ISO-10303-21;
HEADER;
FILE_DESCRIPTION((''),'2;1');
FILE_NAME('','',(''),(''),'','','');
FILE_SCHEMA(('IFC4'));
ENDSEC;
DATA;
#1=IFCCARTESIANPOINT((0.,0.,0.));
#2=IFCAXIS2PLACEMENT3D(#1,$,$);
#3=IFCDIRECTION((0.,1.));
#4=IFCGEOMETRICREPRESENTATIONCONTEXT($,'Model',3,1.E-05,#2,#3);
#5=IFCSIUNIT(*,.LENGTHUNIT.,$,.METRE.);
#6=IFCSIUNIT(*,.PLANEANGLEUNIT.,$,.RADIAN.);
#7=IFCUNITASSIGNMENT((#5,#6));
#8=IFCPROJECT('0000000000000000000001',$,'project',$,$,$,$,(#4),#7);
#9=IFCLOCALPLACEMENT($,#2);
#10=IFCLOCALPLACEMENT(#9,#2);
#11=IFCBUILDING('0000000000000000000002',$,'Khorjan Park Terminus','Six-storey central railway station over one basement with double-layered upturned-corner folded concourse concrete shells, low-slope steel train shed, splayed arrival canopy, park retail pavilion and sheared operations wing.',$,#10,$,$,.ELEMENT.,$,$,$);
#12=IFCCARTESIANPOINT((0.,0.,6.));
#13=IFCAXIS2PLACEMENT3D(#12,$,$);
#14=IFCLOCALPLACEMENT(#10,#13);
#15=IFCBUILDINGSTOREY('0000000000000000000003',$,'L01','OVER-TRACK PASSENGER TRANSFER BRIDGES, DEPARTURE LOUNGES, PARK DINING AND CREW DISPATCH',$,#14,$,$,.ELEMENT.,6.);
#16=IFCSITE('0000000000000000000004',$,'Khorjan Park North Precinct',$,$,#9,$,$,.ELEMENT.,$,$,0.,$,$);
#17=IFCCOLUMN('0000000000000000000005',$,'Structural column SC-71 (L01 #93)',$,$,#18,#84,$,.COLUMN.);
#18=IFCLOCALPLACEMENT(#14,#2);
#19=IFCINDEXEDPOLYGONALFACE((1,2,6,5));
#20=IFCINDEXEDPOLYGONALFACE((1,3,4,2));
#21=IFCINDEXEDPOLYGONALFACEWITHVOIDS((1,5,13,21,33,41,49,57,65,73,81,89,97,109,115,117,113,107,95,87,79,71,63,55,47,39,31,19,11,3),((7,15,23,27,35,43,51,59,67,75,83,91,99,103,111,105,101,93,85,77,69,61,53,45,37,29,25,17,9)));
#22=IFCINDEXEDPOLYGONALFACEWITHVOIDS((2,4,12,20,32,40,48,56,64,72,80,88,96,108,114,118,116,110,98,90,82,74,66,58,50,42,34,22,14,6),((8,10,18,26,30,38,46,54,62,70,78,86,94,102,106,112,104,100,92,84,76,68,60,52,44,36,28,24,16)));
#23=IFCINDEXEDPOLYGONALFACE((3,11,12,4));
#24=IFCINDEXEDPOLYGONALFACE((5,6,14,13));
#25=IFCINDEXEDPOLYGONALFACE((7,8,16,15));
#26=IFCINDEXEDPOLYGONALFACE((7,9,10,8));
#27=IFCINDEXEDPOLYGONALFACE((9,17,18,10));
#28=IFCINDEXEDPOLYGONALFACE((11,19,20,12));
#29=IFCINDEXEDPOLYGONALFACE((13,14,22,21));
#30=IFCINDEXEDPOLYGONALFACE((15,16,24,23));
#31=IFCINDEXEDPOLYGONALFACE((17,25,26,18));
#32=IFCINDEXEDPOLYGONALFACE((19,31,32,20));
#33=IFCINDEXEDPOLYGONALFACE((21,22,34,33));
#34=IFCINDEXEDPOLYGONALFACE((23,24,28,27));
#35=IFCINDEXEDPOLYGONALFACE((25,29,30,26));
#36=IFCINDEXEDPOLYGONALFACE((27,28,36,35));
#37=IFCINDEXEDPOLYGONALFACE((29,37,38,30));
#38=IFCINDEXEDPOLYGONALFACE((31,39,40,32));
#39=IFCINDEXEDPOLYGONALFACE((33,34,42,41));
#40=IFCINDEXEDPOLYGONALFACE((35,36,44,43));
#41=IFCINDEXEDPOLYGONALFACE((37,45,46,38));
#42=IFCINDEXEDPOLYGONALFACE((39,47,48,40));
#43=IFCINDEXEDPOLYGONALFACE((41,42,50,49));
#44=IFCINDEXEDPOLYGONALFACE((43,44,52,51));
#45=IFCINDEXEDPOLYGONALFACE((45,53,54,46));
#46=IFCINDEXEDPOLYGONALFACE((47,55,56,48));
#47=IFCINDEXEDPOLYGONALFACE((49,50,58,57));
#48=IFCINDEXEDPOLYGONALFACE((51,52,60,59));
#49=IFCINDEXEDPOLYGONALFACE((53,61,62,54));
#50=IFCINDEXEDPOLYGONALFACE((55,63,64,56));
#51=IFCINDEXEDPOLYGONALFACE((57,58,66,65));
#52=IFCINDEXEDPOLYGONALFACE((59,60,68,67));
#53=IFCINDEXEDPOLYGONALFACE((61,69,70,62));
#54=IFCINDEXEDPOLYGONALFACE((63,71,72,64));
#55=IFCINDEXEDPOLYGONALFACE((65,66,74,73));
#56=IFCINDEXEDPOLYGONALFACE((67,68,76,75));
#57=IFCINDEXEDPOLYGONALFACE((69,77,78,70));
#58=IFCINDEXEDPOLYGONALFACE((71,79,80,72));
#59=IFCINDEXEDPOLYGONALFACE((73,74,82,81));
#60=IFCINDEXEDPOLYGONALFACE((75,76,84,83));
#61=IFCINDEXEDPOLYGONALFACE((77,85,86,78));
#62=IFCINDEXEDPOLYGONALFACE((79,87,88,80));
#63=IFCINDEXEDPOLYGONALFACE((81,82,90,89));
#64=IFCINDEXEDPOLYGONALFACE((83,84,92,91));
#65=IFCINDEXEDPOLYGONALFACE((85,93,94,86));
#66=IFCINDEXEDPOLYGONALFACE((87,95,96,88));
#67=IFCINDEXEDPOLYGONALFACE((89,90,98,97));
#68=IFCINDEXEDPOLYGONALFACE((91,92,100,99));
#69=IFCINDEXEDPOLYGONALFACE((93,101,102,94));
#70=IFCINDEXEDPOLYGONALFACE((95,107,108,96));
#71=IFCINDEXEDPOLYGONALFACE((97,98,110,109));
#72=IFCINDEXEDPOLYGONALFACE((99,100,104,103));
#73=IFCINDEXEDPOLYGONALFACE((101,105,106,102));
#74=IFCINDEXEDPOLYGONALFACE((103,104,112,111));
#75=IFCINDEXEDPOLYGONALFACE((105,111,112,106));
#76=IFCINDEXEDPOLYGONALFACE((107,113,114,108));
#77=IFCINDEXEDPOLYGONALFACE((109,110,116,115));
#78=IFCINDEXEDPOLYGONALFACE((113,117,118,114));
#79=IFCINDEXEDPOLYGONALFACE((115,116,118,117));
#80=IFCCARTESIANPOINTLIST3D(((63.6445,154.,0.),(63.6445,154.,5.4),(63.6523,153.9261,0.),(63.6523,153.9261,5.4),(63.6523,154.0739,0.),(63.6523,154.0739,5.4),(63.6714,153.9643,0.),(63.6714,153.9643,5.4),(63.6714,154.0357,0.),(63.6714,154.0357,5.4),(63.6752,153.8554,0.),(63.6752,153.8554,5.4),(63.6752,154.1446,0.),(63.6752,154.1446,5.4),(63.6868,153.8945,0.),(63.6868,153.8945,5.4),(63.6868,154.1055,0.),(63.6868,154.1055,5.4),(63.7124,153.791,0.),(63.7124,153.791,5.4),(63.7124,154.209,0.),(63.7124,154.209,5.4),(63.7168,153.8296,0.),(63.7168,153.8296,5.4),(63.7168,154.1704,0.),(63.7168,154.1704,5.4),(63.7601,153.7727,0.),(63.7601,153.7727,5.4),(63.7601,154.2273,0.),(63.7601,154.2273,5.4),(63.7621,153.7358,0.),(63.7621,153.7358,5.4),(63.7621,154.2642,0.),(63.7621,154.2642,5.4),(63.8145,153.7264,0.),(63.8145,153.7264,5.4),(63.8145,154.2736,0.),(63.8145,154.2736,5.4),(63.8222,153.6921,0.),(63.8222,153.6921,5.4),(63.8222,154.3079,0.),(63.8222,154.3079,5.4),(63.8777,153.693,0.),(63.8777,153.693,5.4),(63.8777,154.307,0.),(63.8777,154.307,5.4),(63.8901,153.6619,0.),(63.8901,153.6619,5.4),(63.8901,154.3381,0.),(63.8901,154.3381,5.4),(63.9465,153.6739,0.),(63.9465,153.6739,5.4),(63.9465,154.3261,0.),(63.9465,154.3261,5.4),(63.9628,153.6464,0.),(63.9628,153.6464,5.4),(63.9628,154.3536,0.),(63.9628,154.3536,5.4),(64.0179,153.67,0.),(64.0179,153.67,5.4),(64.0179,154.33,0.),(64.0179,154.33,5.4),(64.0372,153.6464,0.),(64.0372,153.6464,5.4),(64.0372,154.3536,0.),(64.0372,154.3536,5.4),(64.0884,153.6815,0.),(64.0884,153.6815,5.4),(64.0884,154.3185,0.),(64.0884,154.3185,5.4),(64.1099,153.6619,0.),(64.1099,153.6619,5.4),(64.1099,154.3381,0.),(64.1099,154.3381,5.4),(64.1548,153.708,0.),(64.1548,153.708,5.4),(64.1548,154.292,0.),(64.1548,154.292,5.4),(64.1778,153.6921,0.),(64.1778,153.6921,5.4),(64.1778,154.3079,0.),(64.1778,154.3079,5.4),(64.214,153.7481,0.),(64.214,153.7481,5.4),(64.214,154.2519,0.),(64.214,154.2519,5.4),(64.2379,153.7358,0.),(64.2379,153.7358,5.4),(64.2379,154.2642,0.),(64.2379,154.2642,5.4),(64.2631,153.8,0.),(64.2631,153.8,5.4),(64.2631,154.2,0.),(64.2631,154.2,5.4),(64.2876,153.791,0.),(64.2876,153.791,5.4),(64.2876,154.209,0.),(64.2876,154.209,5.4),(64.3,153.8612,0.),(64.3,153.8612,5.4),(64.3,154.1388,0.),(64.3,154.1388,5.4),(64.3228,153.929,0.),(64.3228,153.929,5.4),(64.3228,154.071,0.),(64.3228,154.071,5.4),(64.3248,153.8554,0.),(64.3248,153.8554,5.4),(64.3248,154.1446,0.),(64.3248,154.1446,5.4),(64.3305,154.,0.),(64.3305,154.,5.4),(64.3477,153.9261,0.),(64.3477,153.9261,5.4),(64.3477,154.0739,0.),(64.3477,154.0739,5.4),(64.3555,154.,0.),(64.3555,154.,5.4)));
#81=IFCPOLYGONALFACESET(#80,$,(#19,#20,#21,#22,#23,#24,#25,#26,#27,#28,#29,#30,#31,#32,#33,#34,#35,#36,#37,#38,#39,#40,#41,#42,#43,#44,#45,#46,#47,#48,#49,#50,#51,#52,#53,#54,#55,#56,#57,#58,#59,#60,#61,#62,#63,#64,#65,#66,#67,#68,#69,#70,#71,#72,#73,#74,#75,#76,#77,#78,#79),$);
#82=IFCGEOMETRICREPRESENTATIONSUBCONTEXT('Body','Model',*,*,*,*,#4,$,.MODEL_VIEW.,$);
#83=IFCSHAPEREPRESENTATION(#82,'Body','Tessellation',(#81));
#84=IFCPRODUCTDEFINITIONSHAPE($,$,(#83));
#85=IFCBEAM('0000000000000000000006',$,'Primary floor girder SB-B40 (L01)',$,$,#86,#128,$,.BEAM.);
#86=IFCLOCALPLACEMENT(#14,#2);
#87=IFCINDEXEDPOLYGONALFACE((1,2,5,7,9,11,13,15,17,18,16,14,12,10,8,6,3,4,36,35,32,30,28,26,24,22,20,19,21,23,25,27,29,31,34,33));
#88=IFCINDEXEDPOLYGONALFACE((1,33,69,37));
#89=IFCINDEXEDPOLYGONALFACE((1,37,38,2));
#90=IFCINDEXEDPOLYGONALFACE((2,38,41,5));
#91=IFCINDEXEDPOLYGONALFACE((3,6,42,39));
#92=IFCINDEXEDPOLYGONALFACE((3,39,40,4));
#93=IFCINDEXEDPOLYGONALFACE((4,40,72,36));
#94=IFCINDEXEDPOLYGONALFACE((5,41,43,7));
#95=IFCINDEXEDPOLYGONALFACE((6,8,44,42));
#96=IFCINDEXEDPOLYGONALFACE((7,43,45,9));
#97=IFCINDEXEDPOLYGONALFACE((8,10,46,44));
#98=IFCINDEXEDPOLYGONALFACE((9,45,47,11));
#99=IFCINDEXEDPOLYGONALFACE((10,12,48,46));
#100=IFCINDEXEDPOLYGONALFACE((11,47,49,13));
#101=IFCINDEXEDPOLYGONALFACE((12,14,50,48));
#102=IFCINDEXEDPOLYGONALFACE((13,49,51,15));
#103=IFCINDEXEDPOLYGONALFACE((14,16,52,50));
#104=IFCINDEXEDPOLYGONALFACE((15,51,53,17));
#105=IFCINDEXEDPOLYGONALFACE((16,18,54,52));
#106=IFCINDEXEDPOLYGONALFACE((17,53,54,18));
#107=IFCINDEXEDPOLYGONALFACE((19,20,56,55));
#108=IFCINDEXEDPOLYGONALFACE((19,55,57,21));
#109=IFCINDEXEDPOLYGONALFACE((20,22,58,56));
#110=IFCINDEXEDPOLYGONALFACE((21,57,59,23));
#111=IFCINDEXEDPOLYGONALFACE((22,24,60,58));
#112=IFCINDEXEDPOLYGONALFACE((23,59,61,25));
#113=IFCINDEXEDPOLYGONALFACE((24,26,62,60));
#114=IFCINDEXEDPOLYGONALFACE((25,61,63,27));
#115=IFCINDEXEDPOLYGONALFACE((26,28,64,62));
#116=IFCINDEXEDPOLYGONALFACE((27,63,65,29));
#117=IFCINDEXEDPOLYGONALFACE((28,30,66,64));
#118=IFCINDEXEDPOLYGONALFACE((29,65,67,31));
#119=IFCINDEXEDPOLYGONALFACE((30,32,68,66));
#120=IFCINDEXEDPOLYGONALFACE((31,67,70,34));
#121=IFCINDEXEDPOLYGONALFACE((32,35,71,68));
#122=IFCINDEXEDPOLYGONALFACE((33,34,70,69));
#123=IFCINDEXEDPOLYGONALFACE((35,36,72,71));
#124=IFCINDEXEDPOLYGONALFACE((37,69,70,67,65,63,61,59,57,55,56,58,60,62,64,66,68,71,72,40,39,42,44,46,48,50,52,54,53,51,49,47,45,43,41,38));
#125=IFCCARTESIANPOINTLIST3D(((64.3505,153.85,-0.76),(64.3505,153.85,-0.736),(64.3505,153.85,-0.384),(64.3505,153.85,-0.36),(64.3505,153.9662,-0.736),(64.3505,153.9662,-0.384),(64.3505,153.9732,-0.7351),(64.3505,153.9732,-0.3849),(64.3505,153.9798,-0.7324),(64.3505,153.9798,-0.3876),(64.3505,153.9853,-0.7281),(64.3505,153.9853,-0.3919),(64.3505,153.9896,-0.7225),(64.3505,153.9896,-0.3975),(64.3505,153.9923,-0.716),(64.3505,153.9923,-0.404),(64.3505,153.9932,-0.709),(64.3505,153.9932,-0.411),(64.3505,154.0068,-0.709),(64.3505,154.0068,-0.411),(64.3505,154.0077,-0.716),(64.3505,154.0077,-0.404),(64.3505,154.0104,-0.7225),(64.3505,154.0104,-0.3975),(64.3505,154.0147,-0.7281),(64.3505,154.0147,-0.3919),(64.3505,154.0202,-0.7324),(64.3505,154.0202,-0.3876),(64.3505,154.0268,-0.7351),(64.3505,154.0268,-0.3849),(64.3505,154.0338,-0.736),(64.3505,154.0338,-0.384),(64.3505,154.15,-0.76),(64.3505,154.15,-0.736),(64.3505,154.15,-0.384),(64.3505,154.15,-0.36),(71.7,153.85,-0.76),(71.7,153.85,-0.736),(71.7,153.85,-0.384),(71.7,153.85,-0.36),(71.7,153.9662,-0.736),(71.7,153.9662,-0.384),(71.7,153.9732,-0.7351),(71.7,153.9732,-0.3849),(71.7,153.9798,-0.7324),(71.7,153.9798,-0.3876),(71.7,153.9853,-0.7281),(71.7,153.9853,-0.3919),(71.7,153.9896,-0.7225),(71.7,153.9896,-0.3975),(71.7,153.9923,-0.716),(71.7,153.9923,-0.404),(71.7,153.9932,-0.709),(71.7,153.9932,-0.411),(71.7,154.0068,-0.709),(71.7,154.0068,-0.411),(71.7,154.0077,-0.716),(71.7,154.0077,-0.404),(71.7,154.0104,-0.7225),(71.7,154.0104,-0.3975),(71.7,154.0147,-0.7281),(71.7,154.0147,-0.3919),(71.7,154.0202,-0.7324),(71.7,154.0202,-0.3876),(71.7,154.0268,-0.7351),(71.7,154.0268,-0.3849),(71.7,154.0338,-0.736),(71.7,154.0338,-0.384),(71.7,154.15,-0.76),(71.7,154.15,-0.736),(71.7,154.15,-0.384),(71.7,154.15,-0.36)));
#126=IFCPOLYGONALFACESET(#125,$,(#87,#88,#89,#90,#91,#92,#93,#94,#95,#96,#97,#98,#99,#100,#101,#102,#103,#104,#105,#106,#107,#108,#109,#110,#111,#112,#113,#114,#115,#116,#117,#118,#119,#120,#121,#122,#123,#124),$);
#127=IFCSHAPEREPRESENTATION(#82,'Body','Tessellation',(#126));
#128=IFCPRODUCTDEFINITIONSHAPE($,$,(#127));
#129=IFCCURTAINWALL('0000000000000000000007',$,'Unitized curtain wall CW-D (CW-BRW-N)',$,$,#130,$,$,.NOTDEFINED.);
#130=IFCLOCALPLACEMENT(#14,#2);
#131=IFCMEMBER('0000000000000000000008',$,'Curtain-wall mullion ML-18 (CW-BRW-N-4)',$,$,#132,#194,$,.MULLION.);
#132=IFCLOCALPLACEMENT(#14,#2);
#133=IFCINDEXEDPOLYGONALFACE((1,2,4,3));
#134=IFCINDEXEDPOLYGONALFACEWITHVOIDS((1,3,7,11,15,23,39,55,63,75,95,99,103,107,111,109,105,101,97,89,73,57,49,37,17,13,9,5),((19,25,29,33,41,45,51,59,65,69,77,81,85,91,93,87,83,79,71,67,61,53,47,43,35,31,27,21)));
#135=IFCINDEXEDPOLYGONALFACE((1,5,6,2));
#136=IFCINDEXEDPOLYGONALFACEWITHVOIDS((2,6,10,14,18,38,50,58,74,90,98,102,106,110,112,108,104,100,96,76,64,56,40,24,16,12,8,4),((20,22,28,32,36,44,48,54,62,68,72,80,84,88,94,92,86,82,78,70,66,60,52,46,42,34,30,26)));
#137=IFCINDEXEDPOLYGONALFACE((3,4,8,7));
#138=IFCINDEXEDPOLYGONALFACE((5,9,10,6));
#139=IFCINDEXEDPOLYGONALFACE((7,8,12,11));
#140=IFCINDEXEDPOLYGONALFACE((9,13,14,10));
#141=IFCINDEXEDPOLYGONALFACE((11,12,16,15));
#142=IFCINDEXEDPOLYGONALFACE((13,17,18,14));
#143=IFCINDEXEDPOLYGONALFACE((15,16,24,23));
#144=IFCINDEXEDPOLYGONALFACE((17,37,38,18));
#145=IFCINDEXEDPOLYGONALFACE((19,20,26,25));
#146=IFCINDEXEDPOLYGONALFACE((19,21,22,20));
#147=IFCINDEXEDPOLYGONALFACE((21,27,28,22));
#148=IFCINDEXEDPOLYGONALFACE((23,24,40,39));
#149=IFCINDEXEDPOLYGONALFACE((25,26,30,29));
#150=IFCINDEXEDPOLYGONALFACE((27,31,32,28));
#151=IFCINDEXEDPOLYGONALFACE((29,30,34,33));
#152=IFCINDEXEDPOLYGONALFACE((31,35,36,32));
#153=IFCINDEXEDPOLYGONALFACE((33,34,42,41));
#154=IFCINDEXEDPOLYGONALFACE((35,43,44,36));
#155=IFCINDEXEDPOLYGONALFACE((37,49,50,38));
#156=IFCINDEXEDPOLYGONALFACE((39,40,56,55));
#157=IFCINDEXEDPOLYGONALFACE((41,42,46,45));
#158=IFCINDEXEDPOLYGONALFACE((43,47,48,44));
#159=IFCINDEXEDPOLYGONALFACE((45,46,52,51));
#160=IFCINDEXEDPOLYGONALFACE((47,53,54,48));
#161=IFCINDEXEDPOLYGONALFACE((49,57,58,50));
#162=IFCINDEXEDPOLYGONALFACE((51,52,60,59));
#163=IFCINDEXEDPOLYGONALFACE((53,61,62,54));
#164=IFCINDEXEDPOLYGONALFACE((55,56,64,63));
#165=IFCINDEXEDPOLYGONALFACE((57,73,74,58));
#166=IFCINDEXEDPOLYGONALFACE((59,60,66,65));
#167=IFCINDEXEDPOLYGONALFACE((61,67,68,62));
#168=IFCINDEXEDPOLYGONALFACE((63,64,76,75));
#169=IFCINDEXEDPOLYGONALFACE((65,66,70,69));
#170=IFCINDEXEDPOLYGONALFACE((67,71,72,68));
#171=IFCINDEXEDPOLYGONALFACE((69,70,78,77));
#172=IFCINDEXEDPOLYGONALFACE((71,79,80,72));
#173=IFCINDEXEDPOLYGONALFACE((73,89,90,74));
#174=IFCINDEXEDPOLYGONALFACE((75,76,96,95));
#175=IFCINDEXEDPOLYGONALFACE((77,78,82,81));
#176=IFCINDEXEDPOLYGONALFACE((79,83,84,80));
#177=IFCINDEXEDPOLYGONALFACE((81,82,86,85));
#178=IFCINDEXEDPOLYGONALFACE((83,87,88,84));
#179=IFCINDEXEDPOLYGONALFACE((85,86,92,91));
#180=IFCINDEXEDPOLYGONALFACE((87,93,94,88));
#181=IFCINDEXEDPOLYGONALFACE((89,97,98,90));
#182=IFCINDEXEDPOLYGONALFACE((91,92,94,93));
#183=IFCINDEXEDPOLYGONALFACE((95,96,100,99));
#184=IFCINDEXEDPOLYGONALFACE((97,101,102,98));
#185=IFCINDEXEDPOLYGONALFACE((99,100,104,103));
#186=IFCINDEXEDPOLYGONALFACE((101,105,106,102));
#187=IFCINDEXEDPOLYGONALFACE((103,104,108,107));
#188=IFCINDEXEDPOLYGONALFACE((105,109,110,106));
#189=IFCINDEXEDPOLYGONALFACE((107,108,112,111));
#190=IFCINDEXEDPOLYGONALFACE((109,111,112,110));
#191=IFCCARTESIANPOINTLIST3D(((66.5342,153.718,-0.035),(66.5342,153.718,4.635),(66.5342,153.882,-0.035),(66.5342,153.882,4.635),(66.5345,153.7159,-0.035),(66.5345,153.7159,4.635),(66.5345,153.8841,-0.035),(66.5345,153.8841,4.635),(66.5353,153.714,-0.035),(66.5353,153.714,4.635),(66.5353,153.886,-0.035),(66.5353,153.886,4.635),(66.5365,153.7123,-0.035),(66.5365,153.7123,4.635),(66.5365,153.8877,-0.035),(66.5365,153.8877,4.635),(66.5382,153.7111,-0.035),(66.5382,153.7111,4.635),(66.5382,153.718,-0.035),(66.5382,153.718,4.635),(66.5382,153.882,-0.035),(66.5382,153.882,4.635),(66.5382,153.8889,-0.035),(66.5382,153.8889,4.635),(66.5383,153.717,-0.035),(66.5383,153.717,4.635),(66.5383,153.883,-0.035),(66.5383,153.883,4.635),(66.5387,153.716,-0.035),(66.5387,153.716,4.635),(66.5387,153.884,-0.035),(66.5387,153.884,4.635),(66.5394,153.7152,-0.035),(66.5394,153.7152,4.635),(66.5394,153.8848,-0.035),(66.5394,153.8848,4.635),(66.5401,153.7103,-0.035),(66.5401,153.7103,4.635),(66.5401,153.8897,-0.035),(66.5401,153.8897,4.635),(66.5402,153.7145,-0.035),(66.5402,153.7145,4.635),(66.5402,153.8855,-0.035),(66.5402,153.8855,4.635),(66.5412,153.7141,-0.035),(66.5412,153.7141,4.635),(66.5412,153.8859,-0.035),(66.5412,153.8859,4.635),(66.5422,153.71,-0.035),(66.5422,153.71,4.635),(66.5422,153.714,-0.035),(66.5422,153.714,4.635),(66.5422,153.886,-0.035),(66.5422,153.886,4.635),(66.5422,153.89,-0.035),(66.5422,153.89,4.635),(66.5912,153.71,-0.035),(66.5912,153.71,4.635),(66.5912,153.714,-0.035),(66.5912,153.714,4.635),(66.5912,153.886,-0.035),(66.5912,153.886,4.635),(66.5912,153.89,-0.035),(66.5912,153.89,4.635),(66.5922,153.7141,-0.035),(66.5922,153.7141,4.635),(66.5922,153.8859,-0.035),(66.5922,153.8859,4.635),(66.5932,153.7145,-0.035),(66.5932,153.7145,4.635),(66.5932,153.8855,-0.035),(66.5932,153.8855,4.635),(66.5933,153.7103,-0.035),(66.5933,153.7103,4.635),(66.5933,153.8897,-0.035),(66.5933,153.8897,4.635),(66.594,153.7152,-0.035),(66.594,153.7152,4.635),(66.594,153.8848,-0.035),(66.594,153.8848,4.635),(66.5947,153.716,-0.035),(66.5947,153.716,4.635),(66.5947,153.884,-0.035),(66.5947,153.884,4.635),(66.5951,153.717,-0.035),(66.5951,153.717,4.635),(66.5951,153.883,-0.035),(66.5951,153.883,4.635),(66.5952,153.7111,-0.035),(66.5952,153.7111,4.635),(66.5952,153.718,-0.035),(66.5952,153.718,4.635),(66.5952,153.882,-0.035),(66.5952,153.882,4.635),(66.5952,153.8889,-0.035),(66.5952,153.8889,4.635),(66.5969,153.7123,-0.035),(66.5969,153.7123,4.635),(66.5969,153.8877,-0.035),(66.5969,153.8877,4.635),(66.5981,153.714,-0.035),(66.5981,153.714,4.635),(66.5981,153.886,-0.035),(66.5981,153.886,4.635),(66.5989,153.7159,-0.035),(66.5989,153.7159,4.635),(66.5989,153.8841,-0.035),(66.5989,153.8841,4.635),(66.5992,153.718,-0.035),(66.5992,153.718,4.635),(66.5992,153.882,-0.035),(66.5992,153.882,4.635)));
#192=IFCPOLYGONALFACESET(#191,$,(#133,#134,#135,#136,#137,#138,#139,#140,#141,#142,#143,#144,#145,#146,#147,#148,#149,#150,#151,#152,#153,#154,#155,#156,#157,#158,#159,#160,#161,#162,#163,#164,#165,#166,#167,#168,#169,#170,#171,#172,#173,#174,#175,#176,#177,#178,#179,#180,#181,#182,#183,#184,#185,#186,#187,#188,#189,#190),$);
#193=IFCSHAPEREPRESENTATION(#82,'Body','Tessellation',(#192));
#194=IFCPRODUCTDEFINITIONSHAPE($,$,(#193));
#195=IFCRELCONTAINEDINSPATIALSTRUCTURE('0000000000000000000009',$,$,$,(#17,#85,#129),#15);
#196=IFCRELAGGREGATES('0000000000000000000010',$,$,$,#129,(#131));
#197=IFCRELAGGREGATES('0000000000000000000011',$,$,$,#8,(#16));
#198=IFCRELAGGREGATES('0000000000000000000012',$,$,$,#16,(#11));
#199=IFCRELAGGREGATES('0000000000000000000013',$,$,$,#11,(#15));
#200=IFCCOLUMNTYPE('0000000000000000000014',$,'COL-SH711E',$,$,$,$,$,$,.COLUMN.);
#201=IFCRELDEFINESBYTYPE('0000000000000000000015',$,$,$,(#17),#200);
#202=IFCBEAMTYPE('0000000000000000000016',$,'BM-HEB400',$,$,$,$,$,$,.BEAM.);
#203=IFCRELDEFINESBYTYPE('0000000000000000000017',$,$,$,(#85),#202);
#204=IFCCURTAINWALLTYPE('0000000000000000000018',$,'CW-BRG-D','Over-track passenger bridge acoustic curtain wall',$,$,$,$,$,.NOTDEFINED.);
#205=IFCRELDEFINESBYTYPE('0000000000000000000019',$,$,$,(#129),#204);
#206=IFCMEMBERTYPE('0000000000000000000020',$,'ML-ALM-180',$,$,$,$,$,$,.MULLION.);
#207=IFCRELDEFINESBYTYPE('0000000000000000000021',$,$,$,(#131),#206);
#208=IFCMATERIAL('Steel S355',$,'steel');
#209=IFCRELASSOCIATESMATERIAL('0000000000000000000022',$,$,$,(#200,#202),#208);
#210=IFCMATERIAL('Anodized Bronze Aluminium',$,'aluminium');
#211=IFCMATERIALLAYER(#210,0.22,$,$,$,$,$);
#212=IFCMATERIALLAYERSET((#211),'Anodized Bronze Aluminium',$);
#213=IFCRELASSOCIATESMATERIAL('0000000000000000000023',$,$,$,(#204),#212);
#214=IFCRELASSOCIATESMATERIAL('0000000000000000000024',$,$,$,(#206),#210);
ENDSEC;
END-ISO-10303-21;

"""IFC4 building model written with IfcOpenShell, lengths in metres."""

from ifc_helpers import new_model, si_unit, direction, frame, origin, origin_2d, place, context, subcontext, project, spatial, hollow_rectangle, hollow_circle, i_section, extrude, material, layer, layer_set, material_profile, profile_set, type_object, element, aggregate, save


model = new_model("IFC4")

# Units and contexts
model_context = context("Model", 3, precision=1e-05, world=origin(), true_north=direction((0.0, 1.0)))
body_context = subcontext(model_context, "Body", "Model", "MODEL_VIEW")
ifc_project = project(units=[si_unit("LENGTHUNIT", "METRE"), si_unit("PLANEANGLEUNIT", "RADIAN")], contexts=[model_context])

# Site, building, storey
site_placement = place(None, origin())
site = spatial("IfcSite", under=ifc_project, at=site_placement, Name="Khorjan Park North Precinct", CompositionType="ELEMENT", RefElevation=0.0)
building_placement = place(site_placement, origin())
building = spatial("IfcBuilding", under=site, at=building_placement, Name="Khorjan Park Terminus", Description="Six-storey central railway station over one basement with double-layered upturned-corner folded concourse concrete shells, low-slope steel train shed, splayed arrival canopy, park retail pavilion and sheared operations wing.", CompositionType="ELEMENT")
storey_placement = place(building_placement, frame((0.0, 0.0, 6.0)))
storey = spatial("IfcBuildingStorey", under=building, at=storey_placement, Name="L01", Description="OVER-TRACK PASSENGER TRANSFER BRIDGES, DEPARTURE LOUNGES, PARK DINING AND CREW DISPATCH", CompositionType="ELEMENT", Elevation=6.0)

# Column
ifc_material_1 = material(Name="Steel S355", Category="steel")
ifc_material_profile_1 = material_profile(ifc_material_1, hollow_circle(Radius=0.3555, WallThickness=0.025, at=origin_2d()), Name="CHS 711x25")
ifc_profile_set_1 = profile_set([ifc_material_profile_1], Name="Steel S355")
column_type = type_object("IfcColumnType", Name="COL-SH711E", PredefinedType="COLUMN", material=ifc_profile_set_1)
column_placement = place(storey_placement, frame((64.0, 154.0, 0.0), z_axis=(0.0, 0.0, 1.0), x_axis=(1.0, 0.0, 0.0)))
element("IfcColumn", 1, at=column_placement, inside=storey, type_object=column_type, Name="Structural column SC-71 (L01 #93)", PredefinedType="COLUMN", context=body_context, shape_type="SweptSolid", body=[
    extrude(hollow_circle(Radius=0.3555, WallThickness=0.025, at=origin_2d()), origin(), (0.0, 0.0, 1.0), 5.4),
])

# Beam
ifc_material_profile_2 = material_profile(ifc_material_1, i_section(OverallWidth=0.3, OverallDepth=0.4, WebThickness=0.0135, FlangeThickness=0.024, FilletRadius=0.027, at=origin_2d()), Name="HEB 400")
ifc_profile_set_2 = profile_set([ifc_material_profile_2], Name="Steel S355")
beam_type = type_object("IfcBeamType", Name="BM-HEB400", PredefinedType="BEAM", material=ifc_profile_set_2)
beam_placement = place(storey_placement, frame((64.3505, 154.0, -0.56), z_axis=(1.0, 0.0, 0.0), x_axis=(0.0, 1.0, 0.0)))
element("IfcBeam", 2, at=beam_placement, inside=storey, type_object=beam_type, Name="Primary floor girder SB-B40 (L01)", PredefinedType="BEAM", context=body_context, shape_type="SweptSolid", body=[
    extrude(i_section(OverallWidth=0.3, OverallDepth=0.4, WebThickness=0.0135, FlangeThickness=0.024, FilletRadius=0.027, at=origin_2d()), origin(), (0.0, 0.0, 1.0), 7.3495),
])

# Curtain wall, member
ifc_material_2 = material(Name="Anodized Bronze Aluminium", Category="aluminium")
ifc_layer_1 = layer(ifc_material_2, 0.22)
ifc_layer_set_1 = layer_set([ifc_layer_1], Name="Anodized Bronze Aluminium")
curtain_wall_type = type_object("IfcCurtainWallType", Name="CW-BRG-D", Description="Over-track passenger bridge acoustic curtain wall", PredefinedType="NOTDEFINED", material=ifc_layer_set_1)
curtain_wall_placement = place(storey_placement, origin())
curtain_wall = element("IfcCurtainWall", 3, at=curtain_wall_placement, inside=storey, type_object=curtain_wall_type, Name="Unitized curtain wall CW-D (CW-BRW-N)", PredefinedType="NOTDEFINED")
ifc_material_profile_3 = material_profile(ifc_material_2, hollow_rectangle(XDim=0.065, YDim=0.18, WallThickness=0.004, InnerFilletRadius=0.004, OuterFilletRadius=0.008, at=origin_2d()), Name="ALM 65x180x4")
ifc_profile_set_3 = profile_set([ifc_material_profile_3], Name="Anodized Bronze Aluminium")
member_type_1 = type_object("IfcMemberType", Name="ML-ALM-180", PredefinedType="MULLION", material=ifc_profile_set_3)
member_1_placement = place(storey_placement, frame((66.5667, 153.8, -0.035), z_axis=(0.0, 0.0, 1.0), x_axis=(-1.0, 0.0, 0.0)))
member_1 = element("IfcMember", 4, at=member_1_placement, type_object=member_type_1, Name="Curtain-wall mullion ML-18 (CW-BRW-N-4)", PredefinedType="MULLION", context=body_context, shape_type="SweptSolid", body=[
    extrude(hollow_rectangle(XDim=0.065, YDim=0.18, WallThickness=0.004, InnerFilletRadius=0.004, OuterFilletRadius=0.008, at=origin_2d()), origin(), (0.0, 0.0, 1.0), 4.67),
])
aggregate(curtain_wall, [member_1])

save(model, "model.ifc")
